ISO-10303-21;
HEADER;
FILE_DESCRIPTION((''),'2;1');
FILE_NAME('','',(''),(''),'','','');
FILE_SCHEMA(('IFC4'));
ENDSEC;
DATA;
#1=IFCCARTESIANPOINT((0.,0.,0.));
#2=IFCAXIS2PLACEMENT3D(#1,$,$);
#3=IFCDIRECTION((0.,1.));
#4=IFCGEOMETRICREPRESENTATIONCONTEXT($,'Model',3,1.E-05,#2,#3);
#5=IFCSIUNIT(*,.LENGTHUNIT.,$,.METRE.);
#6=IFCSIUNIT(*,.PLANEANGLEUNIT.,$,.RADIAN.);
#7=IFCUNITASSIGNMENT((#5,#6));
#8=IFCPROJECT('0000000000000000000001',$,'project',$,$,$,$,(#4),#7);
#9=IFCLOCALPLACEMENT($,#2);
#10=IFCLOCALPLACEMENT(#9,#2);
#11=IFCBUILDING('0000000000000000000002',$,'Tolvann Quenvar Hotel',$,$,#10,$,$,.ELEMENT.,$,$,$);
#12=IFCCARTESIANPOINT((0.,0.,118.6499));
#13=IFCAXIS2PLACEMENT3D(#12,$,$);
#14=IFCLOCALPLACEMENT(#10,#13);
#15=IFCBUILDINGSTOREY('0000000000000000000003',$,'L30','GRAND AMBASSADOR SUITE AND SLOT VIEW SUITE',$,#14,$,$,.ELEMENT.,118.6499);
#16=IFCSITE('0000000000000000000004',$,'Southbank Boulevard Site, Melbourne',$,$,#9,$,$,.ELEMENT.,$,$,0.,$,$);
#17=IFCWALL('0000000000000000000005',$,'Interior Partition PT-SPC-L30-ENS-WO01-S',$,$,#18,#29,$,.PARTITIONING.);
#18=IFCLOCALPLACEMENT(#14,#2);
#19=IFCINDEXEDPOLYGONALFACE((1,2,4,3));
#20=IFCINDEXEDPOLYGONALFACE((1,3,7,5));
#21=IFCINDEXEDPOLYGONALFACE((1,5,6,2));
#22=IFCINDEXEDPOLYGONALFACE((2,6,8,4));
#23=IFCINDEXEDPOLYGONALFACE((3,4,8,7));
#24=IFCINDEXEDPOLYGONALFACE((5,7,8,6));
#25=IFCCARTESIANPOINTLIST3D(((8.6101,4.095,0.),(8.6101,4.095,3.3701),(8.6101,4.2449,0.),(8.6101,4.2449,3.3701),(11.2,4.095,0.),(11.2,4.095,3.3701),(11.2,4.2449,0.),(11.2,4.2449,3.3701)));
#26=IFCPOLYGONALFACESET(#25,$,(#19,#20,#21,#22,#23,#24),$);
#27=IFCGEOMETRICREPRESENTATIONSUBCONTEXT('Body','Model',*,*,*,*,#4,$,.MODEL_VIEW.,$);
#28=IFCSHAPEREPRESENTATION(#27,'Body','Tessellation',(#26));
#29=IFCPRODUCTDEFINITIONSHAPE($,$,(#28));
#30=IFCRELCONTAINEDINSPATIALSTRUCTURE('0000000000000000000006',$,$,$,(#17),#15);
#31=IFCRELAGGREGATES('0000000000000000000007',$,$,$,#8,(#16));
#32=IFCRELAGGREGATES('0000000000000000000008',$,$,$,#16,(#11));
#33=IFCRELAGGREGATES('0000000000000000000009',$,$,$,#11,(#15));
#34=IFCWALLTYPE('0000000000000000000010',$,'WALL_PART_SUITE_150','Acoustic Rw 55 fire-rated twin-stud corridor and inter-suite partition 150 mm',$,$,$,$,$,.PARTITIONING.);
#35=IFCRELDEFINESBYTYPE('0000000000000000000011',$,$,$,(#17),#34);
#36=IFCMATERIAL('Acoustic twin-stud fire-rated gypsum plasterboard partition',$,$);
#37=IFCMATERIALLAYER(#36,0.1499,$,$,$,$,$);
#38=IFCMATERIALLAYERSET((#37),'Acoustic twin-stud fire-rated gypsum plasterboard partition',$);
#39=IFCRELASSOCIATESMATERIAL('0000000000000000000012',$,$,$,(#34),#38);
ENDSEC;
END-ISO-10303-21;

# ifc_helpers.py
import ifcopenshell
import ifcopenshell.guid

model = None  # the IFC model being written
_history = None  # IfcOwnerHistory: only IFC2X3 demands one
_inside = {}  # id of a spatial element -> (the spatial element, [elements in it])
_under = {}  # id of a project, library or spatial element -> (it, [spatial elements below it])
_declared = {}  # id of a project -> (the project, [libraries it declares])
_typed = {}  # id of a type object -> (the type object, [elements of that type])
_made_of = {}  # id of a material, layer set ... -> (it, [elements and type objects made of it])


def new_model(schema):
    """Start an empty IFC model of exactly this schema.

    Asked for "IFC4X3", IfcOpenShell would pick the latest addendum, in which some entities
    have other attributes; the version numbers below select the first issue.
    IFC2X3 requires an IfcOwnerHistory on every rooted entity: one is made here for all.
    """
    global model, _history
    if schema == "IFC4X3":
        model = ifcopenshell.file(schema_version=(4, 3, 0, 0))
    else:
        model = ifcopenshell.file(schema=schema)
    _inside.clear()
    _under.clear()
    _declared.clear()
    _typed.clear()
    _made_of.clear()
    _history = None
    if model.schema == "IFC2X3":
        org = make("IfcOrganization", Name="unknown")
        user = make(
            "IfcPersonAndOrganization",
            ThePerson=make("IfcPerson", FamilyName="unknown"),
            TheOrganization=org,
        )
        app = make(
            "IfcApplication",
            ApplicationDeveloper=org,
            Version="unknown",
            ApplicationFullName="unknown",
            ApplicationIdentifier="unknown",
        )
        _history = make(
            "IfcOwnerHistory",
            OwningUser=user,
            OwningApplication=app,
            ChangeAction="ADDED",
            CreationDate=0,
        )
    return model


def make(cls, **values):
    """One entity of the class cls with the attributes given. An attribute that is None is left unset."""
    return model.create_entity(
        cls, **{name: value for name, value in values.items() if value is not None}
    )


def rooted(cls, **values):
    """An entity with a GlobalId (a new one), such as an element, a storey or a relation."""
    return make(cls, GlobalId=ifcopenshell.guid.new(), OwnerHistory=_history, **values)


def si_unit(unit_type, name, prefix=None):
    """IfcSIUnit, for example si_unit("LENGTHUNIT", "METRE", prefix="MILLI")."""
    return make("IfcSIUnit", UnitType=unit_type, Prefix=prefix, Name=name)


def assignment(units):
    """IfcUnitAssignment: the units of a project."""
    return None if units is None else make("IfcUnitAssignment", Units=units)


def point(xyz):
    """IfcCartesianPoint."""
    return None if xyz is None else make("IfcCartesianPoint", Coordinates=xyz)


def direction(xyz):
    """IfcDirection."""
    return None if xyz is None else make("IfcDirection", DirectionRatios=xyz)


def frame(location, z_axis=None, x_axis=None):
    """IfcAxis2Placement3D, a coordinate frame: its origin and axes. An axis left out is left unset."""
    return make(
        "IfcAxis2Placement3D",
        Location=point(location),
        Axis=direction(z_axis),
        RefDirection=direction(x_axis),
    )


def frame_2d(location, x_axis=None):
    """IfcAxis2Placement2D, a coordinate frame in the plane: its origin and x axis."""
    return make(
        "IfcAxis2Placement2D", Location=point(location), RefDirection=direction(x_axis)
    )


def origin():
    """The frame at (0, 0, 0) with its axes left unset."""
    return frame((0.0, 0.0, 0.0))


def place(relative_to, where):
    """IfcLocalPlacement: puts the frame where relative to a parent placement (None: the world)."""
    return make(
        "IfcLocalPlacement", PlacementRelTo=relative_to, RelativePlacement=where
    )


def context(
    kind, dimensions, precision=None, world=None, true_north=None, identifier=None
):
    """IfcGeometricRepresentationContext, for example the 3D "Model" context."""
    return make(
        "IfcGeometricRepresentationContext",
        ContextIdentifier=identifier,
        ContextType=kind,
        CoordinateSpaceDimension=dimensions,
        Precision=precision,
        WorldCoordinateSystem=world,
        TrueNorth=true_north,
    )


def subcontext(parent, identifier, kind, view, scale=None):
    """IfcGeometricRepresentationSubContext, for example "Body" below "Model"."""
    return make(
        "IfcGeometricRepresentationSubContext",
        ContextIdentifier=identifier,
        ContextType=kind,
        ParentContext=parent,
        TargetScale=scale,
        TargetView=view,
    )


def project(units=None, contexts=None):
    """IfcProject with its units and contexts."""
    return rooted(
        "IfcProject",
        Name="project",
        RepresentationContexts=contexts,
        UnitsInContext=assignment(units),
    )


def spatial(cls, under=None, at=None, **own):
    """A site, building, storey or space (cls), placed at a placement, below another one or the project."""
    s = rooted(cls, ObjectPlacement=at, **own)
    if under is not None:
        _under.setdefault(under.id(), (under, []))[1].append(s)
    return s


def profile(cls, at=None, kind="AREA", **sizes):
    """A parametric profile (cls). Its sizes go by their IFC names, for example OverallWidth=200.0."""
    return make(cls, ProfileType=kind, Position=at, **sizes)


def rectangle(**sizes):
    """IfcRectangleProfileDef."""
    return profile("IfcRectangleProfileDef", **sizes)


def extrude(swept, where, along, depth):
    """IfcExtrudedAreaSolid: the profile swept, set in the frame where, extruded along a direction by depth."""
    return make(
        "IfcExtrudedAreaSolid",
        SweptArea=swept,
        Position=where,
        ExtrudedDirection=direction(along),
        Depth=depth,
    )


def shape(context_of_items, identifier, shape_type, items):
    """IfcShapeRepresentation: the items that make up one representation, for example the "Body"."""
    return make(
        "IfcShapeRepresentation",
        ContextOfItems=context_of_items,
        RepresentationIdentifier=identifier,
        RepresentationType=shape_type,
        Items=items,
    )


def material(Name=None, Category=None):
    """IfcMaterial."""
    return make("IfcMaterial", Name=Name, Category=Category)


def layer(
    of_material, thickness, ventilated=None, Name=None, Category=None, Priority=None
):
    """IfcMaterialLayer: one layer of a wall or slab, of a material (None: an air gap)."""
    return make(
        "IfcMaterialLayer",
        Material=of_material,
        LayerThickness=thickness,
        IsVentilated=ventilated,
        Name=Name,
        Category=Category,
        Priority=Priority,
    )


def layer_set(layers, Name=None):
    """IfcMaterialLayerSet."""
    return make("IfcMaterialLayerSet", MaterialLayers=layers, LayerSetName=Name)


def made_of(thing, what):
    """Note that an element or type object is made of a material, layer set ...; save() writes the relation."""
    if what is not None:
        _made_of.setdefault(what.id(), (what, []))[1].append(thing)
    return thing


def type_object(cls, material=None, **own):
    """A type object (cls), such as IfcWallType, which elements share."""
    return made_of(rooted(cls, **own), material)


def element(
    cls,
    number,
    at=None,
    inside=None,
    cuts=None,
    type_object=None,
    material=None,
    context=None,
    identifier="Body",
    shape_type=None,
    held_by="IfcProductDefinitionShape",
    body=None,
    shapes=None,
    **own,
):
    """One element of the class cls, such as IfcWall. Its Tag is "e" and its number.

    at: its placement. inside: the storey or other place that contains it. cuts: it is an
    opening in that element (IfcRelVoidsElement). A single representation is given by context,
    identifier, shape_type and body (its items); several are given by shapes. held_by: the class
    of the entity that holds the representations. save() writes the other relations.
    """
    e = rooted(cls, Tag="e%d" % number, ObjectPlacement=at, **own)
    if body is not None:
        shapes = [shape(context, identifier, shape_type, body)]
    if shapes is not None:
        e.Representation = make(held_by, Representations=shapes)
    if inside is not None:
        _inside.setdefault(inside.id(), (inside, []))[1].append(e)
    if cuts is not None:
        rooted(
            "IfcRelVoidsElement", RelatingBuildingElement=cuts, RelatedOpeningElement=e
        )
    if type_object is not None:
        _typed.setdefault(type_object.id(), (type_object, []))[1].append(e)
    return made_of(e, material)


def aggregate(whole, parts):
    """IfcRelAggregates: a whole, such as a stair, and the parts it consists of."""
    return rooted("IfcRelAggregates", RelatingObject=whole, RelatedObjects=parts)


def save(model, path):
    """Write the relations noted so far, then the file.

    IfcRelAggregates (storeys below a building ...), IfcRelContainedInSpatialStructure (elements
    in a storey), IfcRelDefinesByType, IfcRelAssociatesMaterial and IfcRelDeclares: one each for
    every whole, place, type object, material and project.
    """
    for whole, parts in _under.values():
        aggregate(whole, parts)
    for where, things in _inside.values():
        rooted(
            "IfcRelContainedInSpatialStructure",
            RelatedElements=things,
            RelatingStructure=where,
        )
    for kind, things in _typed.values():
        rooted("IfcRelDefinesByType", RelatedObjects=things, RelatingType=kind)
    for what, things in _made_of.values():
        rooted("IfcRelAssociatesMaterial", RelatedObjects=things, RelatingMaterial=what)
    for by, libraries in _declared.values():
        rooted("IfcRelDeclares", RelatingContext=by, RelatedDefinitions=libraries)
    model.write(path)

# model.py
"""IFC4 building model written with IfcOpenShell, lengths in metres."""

from ifc_helpers import new_model, si_unit, direction, frame, frame_2d, origin, place, context, subcontext, project, spatial, rectangle, extrude, material, layer, layer_set, type_object, element, save


model = new_model("IFC4")

# Units and contexts
model_context = context("Model", 3, precision=1e-05, world=origin(), true_north=direction((0.0, 1.0)))
body_context = subcontext(model_context, "Body", "Model", "MODEL_VIEW")
ifc_project = project(units=[si_unit("LENGTHUNIT", "METRE"), si_unit("PLANEANGLEUNIT", "RADIAN")], contexts=[model_context])

# Site, building, storey
site_placement = place(None, origin())
site = spatial("IfcSite", under=ifc_project, at=site_placement, Name="Southbank Boulevard Site, Melbourne", CompositionType="ELEMENT", RefElevation=0.0)
building_placement = place(site_placement, origin())
building = spatial("IfcBuilding", under=site, at=building_placement, Name="Tolvann Quenvar Hotel", CompositionType="ELEMENT")
storey_placement = place(building_placement, frame((0.0, 0.0, 118.6499)))
storey = spatial("IfcBuildingStorey", under=building, at=storey_placement, Name="L30", Description="GRAND AMBASSADOR SUITE AND SLOT VIEW SUITE", CompositionType="ELEMENT", Elevation=118.6499)

# Wall
ifc_material_1 = material(Name="Acoustic twin-stud fire-rated gypsum plasterboard partition")
ifc_layer_1 = layer(ifc_material_1, 0.1499)
ifc_layer_set_1 = layer_set([ifc_layer_1], Name="Acoustic twin-stud fire-rated gypsum plasterboard partition")
wall_type_1 = type_object("IfcWallType", Name="WALL_PART_SUITE_150", Description="Acoustic Rw 55 fire-rated twin-stud corridor and inter-suite partition 150 mm", PredefinedType="PARTITIONING", material=ifc_layer_set_1)
wall_1_placement = place(storey_placement, frame((8.6101, 4.1699, 0.0), z_axis=(0.0, 0.0, 1.0), x_axis=(1.0, 0.0, 0.0)))
element("IfcWall", 1, at=wall_1_placement, inside=storey, type_object=wall_type_1, Name="Interior Partition PT-SPC-L30-ENS-WO01-S", PredefinedType="PARTITIONING", context=body_context, shape_type="SweptSolid", body=[
    extrude(rectangle(XDim=2.5898, YDim=0.1499, at=frame_2d((1.2949, 0.0))), origin(), (0.0, 0.0, 1.0), 3.3701),
])

save(model, "model.ifc")
